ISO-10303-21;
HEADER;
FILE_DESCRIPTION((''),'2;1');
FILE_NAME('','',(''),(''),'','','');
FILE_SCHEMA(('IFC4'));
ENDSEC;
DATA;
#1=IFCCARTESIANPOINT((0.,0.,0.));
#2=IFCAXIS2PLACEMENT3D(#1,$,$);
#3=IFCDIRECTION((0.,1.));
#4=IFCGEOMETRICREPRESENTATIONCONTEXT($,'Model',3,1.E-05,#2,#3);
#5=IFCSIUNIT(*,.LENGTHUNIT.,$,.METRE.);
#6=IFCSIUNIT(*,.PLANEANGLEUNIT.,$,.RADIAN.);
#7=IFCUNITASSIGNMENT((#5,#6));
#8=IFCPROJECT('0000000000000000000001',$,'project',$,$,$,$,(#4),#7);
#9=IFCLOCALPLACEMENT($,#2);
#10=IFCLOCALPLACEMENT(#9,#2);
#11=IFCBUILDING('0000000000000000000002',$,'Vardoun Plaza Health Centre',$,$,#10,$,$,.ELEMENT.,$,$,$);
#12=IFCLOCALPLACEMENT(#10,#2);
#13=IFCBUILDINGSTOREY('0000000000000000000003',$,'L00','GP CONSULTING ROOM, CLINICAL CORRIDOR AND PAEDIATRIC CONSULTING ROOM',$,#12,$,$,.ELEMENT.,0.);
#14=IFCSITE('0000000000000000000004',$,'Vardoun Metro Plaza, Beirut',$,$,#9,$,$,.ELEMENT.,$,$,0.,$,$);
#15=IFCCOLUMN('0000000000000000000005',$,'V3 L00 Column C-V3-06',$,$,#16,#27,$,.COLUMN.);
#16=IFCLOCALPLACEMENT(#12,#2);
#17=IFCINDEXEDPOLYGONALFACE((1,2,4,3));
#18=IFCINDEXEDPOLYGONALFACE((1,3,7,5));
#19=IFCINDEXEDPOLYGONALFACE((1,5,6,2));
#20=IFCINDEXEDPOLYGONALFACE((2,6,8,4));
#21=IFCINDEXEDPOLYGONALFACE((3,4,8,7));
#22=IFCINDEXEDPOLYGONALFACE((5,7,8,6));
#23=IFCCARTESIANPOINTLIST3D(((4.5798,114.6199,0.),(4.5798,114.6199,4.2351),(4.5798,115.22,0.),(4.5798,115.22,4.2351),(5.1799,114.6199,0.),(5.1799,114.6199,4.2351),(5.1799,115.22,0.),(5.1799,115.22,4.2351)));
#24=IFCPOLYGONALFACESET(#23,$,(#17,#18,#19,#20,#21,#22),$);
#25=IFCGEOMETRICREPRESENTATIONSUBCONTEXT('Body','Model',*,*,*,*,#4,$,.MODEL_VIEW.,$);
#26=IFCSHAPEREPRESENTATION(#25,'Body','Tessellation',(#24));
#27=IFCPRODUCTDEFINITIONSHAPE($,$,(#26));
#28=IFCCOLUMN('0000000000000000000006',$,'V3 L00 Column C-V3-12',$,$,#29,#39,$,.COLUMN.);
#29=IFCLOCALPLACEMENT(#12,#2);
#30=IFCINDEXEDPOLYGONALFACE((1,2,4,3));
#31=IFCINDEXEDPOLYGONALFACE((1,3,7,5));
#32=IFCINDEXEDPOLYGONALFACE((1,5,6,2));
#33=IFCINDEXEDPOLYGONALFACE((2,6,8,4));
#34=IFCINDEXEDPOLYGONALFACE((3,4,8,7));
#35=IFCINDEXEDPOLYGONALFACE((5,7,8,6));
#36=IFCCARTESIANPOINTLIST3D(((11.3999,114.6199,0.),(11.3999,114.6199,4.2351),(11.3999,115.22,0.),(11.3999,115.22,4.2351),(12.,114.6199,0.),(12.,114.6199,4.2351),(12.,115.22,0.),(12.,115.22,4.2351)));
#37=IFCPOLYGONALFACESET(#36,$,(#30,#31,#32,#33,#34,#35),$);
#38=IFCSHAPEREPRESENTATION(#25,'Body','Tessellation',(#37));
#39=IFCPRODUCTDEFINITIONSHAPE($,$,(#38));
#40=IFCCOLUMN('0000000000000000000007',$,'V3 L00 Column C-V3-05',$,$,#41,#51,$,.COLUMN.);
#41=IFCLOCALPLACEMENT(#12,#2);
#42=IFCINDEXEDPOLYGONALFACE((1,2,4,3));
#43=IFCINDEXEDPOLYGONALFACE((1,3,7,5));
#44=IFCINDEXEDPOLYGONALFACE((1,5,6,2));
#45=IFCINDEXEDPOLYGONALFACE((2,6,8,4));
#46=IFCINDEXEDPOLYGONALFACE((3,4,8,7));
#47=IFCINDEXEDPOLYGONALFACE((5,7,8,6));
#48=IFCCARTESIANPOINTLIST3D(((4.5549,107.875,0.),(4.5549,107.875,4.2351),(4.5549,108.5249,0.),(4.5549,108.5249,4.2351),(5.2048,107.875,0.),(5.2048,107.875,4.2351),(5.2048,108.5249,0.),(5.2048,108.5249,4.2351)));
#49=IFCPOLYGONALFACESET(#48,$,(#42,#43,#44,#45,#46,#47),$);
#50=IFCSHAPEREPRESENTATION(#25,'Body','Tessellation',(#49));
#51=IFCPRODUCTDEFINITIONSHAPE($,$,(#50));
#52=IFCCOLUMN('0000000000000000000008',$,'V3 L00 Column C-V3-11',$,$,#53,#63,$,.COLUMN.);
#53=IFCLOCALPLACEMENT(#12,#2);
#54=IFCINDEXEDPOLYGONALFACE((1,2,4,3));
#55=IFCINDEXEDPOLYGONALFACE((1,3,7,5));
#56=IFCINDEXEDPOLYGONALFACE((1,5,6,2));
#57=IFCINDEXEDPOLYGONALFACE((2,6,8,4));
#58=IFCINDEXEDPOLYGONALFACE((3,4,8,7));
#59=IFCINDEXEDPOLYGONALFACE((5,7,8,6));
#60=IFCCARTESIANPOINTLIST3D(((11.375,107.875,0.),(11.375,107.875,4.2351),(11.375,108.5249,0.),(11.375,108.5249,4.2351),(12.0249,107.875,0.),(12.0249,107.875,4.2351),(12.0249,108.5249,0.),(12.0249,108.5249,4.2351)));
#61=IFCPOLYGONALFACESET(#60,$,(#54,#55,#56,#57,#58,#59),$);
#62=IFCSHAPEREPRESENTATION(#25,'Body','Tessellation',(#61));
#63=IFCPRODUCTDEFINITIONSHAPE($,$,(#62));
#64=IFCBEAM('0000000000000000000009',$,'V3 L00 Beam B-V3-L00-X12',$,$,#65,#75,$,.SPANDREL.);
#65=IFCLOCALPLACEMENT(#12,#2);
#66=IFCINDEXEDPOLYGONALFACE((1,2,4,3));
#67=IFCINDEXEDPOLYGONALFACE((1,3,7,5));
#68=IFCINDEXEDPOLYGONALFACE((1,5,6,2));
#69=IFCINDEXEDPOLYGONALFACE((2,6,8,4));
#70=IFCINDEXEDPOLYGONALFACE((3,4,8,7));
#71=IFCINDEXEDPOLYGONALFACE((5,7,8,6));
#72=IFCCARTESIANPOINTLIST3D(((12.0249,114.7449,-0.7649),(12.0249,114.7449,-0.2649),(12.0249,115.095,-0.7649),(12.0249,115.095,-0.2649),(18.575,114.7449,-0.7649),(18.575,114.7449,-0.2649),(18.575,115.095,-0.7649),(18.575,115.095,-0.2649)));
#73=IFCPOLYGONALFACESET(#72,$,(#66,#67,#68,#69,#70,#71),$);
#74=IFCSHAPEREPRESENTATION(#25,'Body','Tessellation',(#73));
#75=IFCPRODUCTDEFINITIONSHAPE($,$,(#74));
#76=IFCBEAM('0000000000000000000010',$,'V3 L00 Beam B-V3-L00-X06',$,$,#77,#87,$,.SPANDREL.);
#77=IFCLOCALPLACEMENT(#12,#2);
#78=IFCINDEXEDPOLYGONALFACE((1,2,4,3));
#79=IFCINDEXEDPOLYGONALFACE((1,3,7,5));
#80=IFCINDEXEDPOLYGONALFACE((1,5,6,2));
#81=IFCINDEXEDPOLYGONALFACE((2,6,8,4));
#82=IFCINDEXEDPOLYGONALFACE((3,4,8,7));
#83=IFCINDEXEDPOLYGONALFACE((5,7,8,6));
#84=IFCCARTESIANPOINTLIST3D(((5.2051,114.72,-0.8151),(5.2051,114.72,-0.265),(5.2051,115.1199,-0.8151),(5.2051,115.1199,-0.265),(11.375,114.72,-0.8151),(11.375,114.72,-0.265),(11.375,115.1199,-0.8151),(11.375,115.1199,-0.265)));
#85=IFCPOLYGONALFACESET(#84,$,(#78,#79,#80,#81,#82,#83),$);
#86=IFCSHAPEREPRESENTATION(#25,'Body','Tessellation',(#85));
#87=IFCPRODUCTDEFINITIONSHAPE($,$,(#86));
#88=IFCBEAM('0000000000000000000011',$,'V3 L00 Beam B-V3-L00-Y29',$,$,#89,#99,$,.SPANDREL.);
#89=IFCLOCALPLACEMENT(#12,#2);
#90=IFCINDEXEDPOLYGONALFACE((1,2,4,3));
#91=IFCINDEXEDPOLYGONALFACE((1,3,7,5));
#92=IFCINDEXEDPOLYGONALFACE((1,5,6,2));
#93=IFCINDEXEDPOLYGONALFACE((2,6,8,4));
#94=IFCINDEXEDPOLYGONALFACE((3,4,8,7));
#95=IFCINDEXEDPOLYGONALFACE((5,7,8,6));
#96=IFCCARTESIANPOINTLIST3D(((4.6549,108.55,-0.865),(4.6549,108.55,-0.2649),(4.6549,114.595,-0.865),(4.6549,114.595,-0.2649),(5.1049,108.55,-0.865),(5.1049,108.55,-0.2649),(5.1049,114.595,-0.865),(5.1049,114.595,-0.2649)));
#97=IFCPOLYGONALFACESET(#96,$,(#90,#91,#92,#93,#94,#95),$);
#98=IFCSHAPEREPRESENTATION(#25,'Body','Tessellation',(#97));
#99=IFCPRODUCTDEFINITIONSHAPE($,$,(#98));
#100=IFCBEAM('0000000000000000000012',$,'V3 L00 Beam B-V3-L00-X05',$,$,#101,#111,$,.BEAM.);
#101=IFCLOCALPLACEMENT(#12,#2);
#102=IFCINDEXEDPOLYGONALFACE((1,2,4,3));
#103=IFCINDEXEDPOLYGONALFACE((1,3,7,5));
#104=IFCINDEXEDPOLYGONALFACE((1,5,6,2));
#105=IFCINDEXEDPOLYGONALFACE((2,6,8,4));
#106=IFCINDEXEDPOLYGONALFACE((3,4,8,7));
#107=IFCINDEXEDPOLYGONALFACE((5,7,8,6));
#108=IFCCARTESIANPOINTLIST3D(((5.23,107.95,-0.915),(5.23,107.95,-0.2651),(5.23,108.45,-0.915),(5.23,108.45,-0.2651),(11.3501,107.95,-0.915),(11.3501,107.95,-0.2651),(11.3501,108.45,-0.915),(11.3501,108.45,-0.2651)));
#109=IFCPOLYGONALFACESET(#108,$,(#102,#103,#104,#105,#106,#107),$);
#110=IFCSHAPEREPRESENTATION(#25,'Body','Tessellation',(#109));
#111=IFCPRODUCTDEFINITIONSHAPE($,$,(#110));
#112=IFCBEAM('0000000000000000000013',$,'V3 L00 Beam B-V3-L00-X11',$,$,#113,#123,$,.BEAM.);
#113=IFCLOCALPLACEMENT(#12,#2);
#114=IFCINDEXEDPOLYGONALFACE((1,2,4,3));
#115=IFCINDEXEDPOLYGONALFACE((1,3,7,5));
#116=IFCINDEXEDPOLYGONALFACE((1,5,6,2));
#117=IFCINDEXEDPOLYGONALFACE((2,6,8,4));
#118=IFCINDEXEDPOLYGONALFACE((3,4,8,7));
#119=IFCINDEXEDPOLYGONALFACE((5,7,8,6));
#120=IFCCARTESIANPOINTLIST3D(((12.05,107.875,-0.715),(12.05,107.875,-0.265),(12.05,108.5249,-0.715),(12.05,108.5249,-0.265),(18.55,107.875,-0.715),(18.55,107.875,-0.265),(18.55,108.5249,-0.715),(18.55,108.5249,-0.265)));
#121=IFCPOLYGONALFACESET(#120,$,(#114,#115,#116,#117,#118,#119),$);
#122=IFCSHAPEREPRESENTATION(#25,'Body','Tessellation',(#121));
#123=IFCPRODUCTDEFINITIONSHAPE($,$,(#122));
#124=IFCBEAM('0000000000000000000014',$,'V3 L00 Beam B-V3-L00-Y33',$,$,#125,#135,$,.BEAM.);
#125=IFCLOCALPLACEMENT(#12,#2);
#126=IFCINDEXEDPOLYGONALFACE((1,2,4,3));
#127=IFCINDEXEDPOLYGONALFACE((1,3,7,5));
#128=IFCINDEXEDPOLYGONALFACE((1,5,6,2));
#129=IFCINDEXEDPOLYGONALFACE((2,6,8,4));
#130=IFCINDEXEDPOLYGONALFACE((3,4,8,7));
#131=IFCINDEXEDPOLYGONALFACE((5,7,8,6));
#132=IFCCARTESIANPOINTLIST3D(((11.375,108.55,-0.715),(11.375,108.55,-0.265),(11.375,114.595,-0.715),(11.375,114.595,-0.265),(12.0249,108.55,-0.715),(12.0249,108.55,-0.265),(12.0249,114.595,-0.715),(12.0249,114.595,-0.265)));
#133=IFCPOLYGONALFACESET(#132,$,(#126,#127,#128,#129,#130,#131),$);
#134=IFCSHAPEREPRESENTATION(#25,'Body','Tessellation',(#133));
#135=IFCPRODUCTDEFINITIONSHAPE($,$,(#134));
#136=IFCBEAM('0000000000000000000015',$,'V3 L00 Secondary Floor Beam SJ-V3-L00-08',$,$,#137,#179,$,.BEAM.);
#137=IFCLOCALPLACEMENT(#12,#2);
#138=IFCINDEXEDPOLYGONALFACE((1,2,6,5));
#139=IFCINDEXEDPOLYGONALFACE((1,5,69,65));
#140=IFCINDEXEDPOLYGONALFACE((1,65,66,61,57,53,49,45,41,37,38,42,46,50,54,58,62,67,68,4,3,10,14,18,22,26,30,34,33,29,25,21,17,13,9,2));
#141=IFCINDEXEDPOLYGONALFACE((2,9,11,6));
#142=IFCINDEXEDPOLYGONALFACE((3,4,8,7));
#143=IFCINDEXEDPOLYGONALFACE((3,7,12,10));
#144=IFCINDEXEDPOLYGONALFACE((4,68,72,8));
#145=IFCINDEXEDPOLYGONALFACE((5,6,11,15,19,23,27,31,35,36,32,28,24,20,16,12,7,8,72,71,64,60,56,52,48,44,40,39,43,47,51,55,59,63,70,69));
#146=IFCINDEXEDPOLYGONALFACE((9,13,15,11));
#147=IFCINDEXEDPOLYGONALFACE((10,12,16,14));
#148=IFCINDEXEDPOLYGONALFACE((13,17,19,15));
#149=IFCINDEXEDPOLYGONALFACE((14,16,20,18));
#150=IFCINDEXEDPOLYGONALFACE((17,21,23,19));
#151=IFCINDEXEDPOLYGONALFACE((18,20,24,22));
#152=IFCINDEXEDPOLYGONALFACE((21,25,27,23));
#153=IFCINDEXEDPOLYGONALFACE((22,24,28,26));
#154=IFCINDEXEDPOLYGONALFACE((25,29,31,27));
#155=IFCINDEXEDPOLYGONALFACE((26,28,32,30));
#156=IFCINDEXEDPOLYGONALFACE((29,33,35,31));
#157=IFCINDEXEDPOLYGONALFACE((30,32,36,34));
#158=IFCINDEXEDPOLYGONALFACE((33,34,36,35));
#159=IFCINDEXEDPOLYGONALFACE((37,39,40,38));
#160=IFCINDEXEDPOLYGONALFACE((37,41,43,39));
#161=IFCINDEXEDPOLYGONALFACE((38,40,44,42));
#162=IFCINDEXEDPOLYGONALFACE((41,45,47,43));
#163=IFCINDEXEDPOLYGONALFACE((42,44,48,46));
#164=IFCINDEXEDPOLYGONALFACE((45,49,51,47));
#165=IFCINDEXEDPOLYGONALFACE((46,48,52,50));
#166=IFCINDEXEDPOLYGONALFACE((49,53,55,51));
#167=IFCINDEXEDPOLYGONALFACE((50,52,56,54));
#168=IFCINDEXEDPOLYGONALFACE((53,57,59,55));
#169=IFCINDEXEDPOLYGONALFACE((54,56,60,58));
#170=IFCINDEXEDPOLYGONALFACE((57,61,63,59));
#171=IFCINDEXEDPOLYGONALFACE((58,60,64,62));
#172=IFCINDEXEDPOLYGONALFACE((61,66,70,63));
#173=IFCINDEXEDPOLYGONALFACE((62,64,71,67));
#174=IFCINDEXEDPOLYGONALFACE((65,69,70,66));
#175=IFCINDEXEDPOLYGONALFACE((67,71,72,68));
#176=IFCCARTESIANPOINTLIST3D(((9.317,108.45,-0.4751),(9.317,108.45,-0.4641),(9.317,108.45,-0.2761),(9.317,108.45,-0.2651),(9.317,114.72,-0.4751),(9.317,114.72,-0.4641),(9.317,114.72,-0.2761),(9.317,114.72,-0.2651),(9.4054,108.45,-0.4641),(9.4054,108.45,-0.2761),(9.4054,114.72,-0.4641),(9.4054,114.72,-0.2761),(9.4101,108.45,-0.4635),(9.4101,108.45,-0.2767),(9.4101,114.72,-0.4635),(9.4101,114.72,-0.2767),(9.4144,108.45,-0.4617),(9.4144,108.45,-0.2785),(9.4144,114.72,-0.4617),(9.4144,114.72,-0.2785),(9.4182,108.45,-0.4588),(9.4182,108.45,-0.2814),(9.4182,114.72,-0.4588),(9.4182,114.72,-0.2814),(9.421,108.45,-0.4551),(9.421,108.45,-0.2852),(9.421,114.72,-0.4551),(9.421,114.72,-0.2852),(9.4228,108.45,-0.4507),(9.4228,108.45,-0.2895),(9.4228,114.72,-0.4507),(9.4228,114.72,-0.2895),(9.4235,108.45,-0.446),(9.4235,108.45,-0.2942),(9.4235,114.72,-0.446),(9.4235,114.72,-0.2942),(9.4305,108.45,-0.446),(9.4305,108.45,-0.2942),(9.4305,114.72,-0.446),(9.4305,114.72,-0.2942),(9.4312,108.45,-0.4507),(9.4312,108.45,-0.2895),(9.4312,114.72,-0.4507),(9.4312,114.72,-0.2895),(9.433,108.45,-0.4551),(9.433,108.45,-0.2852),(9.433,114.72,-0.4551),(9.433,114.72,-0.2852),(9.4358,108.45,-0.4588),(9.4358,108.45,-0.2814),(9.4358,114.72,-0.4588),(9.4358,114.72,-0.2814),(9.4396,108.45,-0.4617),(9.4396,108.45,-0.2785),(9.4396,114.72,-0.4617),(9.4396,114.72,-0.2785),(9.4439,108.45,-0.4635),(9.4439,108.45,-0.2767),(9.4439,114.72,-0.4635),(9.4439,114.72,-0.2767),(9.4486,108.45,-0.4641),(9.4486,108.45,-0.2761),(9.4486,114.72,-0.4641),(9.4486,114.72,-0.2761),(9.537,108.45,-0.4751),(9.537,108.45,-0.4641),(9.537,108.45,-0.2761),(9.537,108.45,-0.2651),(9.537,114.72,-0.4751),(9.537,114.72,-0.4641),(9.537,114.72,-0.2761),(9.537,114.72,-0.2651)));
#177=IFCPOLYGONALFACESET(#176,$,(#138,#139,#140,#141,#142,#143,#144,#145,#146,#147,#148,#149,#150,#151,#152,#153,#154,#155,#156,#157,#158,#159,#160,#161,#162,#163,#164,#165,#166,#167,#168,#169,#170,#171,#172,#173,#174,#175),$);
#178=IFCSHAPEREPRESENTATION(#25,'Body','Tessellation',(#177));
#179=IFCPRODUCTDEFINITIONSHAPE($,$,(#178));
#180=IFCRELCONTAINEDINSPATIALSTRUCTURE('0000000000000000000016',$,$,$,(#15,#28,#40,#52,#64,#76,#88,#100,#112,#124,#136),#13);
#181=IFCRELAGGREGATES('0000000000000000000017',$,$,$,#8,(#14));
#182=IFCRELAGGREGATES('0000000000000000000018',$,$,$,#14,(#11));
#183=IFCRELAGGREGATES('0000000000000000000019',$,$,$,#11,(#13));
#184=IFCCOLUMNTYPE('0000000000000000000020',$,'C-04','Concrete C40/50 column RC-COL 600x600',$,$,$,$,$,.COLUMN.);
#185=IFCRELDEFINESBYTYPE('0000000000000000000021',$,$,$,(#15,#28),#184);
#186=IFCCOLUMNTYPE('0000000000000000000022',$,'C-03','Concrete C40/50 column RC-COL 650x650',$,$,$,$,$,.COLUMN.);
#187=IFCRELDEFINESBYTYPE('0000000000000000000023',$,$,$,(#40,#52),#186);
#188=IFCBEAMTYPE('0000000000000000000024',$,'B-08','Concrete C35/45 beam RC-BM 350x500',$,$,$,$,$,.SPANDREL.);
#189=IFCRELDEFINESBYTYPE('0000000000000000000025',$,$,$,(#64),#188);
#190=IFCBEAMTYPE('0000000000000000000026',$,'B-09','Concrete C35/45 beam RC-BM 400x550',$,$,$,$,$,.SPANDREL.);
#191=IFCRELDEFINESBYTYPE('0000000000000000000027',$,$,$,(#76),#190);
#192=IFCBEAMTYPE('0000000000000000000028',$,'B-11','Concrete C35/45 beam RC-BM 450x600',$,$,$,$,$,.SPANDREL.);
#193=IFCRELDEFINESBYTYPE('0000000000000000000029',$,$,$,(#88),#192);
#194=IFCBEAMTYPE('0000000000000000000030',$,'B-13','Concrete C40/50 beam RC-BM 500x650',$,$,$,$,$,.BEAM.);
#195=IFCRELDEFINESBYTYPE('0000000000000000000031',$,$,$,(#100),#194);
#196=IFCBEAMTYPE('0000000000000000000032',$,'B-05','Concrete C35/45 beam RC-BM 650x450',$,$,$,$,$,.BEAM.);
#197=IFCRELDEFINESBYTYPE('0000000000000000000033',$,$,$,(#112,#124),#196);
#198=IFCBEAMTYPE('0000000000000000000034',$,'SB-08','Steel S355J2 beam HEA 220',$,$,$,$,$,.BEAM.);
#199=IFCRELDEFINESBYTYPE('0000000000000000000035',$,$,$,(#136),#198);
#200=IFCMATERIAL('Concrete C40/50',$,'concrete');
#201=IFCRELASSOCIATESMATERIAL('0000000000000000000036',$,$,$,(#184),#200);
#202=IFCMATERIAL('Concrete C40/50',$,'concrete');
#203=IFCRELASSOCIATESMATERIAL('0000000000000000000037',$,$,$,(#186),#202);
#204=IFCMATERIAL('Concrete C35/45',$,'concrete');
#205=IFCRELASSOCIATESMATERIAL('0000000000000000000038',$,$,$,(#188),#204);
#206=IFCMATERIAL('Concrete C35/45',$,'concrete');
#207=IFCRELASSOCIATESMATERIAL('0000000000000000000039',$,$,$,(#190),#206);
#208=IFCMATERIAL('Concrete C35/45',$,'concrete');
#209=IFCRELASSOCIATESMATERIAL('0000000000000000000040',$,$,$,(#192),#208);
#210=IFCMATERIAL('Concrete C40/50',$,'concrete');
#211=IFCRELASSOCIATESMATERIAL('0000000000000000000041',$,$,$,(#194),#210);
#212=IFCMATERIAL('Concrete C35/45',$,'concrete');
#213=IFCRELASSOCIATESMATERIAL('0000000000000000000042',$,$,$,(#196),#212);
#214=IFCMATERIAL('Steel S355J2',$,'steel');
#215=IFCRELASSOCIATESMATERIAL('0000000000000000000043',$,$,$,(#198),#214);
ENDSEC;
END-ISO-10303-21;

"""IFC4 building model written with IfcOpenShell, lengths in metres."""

from ifc_helpers import new_model, si_unit, direction, frame, origin, origin_2d, place, context, subcontext, project, spatial, rectangle, i_section, extrude, material, material_profile, profile_set, type_object, element, save


model = new_model("IFC4")

# Units and contexts
model_context = context("Model", 3, precision=1e-05, world=origin(), true_north=direction((0.0, 1.0)))
body_context = subcontext(model_context, "Body", "Model", "MODEL_VIEW")
ifc_project = project(units=[si_unit("LENGTHUNIT", "METRE"), si_unit("PLANEANGLEUNIT", "RADIAN")], contexts=[model_context])

# Site, building, storey
site_placement = place(None, origin())
site = spatial("IfcSite", under=ifc_project, at=site_placement, Name="Vardoun Metro Plaza, Beirut", CompositionType="ELEMENT", RefElevation=0.0)
building_placement = place(site_placement, origin())
building = spatial("IfcBuilding", under=site, at=building_placement, Name="Vardoun Plaza Health Centre", CompositionType="ELEMENT")
storey_placement = place(building_placement, origin())
storey = spatial("IfcBuildingStorey", under=building, at=storey_placement, Name="L00", Description="GP CONSULTING ROOM, CLINICAL CORRIDOR AND PAEDIATRIC CONSULTING ROOM", CompositionType="ELEMENT", Elevation=0.0)

# Columns
ifc_material_1 = material(Name="Concrete C40/50", Category="concrete")
ifc_material_profile_1 = material_profile(ifc_material_1, rectangle(XDim=0.6001, YDim=0.6001, at=origin_2d()), Name="RC-COL 600x600")
ifc_profile_set_1 = profile_set([ifc_material_profile_1], Name="Concrete C40/50")
column_type_1 = type_object("IfcColumnType", Name="C-04", Description="Concrete C40/50 column RC-COL 600x600", PredefinedType="COLUMN", material=ifc_profile_set_1)
for number, where, z_axis, x_axis, name in (
    (1, (4.8799, 114.9199, 0.0), (0.0, 0.0, 1.0), (1.0, 0.0, 0.0), "V3 L00 Column C-V3-06"),
    (2, (11.7, 114.9199, 0.0), (0.0, 0.0, 1.0), (1.0, 0.0, 0.0), "V3 L00 Column C-V3-12"),
):
    element("IfcColumn", number, at=place(storey_placement, frame(where, z_axis=z_axis, x_axis=x_axis)), inside=storey, type_object=column_type_1, Name=name, PredefinedType="COLUMN", context=body_context, shape_type="SweptSolid", body=[
        extrude(rectangle(XDim=0.6001, YDim=0.6001, at=origin_2d()), origin(), (0.0, 0.0, 1.0), 4.2351),
    ])
ifc_material_2 = material(Name="Concrete C40/50", Category="concrete")
ifc_material_profile_2 = material_profile(ifc_material_2, rectangle(XDim=0.6499, YDim=0.6499, at=origin_2d()), Name="RC-COL 650x650")
ifc_profile_set_2 = profile_set([ifc_material_profile_2], Name="Concrete C40/50")
column_type_2 = type_object("IfcColumnType", Name="C-03", Description="Concrete C40/50 column RC-COL 650x650", PredefinedType="COLUMN", material=ifc_profile_set_2)
for number, where, z_axis, x_axis, name in (
    (3, (4.8799, 108.2, 0.0), (0.0, 0.0, 1.0), (1.0, 0.0, 0.0), "V3 L00 Column C-V3-05"),
    (4, (11.7, 108.2, 0.0), (0.0, 0.0, 1.0), (1.0, 0.0, 0.0), "V3 L00 Column C-V3-11"),
):
    element("IfcColumn", number, at=place(storey_placement, frame(where, z_axis=z_axis, x_axis=x_axis)), inside=storey, type_object=column_type_2, Name=name, PredefinedType="COLUMN", context=body_context, shape_type="SweptSolid", body=[
        extrude(rectangle(XDim=0.6499, YDim=0.6499, at=origin_2d()), origin(), (0.0, 0.0, 1.0), 4.2351),
    ])

# Beams
ifc_material_3 = material(Name="Concrete C35/45", Category="concrete")
ifc_material_profile_3 = material_profile(ifc_material_3, rectangle(XDim=0.3501, YDim=0.5, at=origin_2d()), Name="RC-BM 350x500")
ifc_profile_set_3 = profile_set([ifc_material_profile_3], Name="Concrete C35/45")
beam_type_1 = type_object("IfcBeamType", Name="B-08", Description="Concrete C35/45 beam RC-BM 350x500", PredefinedType="SPANDREL", material=ifc_profile_set_3)
beam_1_placement = place(storey_placement, frame((12.0249, 114.9199, -0.5149), z_axis=(1.0, 0.0, 0.0), x_axis=(0.0, 1.0, 0.0)))
element("IfcBeam", 5, at=beam_1_placement, inside=storey, type_object=beam_type_1, Name="V3 L00 Beam B-V3-L00-X12", PredefinedType="SPANDREL", context=body_context, shape_type="SweptSolid", body=[
    extrude(rectangle(XDim=0.3501, YDim=0.5, at=origin_2d()), origin(), (0.0, 0.0, 1.0), 6.55),
])
ifc_material_4 = material(Name="Concrete C35/45", Category="concrete")
ifc_material_profile_4 = material_profile(ifc_material_4, rectangle(XDim=0.3999, YDim=0.55, at=origin_2d()), Name="RC-BM 400x550")
ifc_profile_set_4 = profile_set([ifc_material_profile_4], Name="Concrete C35/45")
beam_type_2 = type_object("IfcBeamType", Name="B-09", Description="Concrete C35/45 beam RC-BM 400x550", PredefinedType="SPANDREL", material=ifc_profile_set_4)
beam_2_placement = place(storey_placement, frame((5.2051, 114.9199, -0.54), z_axis=(1.0, 0.0, 0.0), x_axis=(0.0, 1.0, 0.0)))
element("IfcBeam", 6, at=beam_2_placement, inside=storey, type_object=beam_type_2, Name="V3 L00 Beam B-V3-L00-X06", PredefinedType="SPANDREL", context=body_context, shape_type="SweptSolid", body=[
    extrude(rectangle(XDim=0.3999, YDim=0.55, at=origin_2d()), origin(), (0.0, 0.0, 1.0), 6.1699),
])
ifc_material_5 = material(Name="Concrete C35/45", Category="concrete")
ifc_material_profile_5 = material_profile(ifc_material_5, rectangle(XDim=0.45, YDim=0.6001, at=origin_2d()), Name="RC-BM 450x600")
ifc_profile_set_5 = profile_set([ifc_material_profile_5], Name="Concrete C35/45")
beam_type_3 = type_object("IfcBeamType", Name="B-11", Description="Concrete C35/45 beam RC-BM 450x600", PredefinedType="SPANDREL", material=ifc_profile_set_5)
beam_3_placement = place(storey_placement, frame((4.8799, 108.55, -0.5649), z_axis=(0.0, 1.0, 0.0), x_axis=(-1.0, 0.0, 0.0)))
element("IfcBeam", 7, at=beam_3_placement, inside=storey, type_object=beam_type_3, Name="V3 L00 Beam B-V3-L00-Y29", PredefinedType="SPANDREL", context=body_context, shape_type="SweptSolid", body=[
    extrude(rectangle(XDim=0.45, YDim=0.6001, at=origin_2d()), origin(), (0.0, 0.0, 1.0), 6.0449),
])
ifc_material_6 = material(Name="Concrete C40/50", Category="concrete")
ifc_material_profile_6 = material_profile(ifc_material_6, rectangle(XDim=0.5, YDim=0.6499, at=origin_2d()), Name="RC-BM 500x650")
ifc_profile_set_6 = profile_set([ifc_material_profile_6], Name="Concrete C40/50")
beam_type_4 = type_object("IfcBeamType", Name="B-13", Description="Concrete C40/50 beam RC-BM 500x650", PredefinedType="BEAM", material=ifc_profile_set_6)
beam_4_placement = place(storey_placement, frame((5.23, 108.2, -0.5901), z_axis=(1.0, 0.0, 0.0), x_axis=(0.0, 1.0, 0.0)))
element("IfcBeam", 8, at=beam_4_placement, inside=storey, type_object=beam_type_4, Name="V3 L00 Beam B-V3-L00-X05", PredefinedType="BEAM", context=body_context, shape_type="SweptSolid", body=[
    extrude(rectangle(XDim=0.5, YDim=0.6499, at=origin_2d()), origin(), (0.0, 0.0, 1.0), 6.1201),
])
ifc_material_7 = material(Name="Concrete C35/45", Category="concrete")
ifc_material_profile_7 = material_profile(ifc_material_7, rectangle(XDim=0.6499, YDim=0.45, at=origin_2d()), Name="RC-BM 650x450")
ifc_profile_set_7 = profile_set([ifc_material_profile_7], Name="Concrete C35/45")
beam_type_5 = type_object("IfcBeamType", Name="B-05", Description="Concrete C35/45 beam RC-BM 650x450", PredefinedType="BEAM", material=ifc_profile_set_7)
beam_5_placement = place(storey_placement, frame((12.05, 108.2, -0.49), z_axis=(1.0, 0.0, 0.0), x_axis=(0.0, 1.0, 0.0)))
element("IfcBeam", 9, at=beam_5_placement, inside=storey, type_object=beam_type_5, Name="V3 L00 Beam B-V3-L00-X11", PredefinedType="BEAM", context=body_context, shape_type="SweptSolid", body=[
    extrude(rectangle(XDim=0.6499, YDim=0.45, at=origin_2d()), origin(), (0.0, 0.0, 1.0), 6.5),
])
beam_6_placement = place(storey_placement, frame((11.7, 108.55, -0.49), z_axis=(0.0, 1.0, 0.0), x_axis=(-1.0, 0.0, 0.0)))
element("IfcBeam", 10, at=beam_6_placement, inside=storey, type_object=beam_type_5, Name="V3 L00 Beam B-V3-L00-Y33", PredefinedType="BEAM", context=body_context, shape_type="SweptSolid", body=[
    extrude(rectangle(XDim=0.6499, YDim=0.45, at=origin_2d()), origin(), (0.0, 0.0, 1.0), 6.0449),
])
ifc_material_8 = material(Name="Steel S355J2", Category="steel")
ifc_material_profile_8 = material_profile(ifc_material_8, i_section(OverallWidth=0.22, OverallDepth=0.21, WebThickness=0.0071, FlangeThickness=0.011, FilletRadius=0.0181, at=origin_2d()), Name="HEA 220")
ifc_profile_set_8 = profile_set([ifc_material_profile_8], Name="Steel S355J2")
beam_type_6 = type_object("IfcBeamType", Name="SB-08", Description="Steel S355J2 beam HEA 220", PredefinedType="BEAM", material=ifc_profile_set_8)
beam_7_placement = place(storey_placement, frame((9.427, 108.45, -0.3701), z_axis=(0.0, 1.0, 0.0), x_axis=(-1.0, 0.0, 0.0)))
element("IfcBeam", 11, at=beam_7_placement, inside=storey, type_object=beam_type_6, Name="V3 L00 Secondary Floor Beam SJ-V3-L00-08", PredefinedType="BEAM", context=body_context, shape_type="SweptSolid", body=[
    extrude(i_section(OverallWidth=0.22, OverallDepth=0.21, WebThickness=0.0071, FlangeThickness=0.011, FilletRadius=0.0181, at=origin_2d()), origin(), (0.0, 0.0, 1.0), 6.27),
])

save(model, "model.ifc")
